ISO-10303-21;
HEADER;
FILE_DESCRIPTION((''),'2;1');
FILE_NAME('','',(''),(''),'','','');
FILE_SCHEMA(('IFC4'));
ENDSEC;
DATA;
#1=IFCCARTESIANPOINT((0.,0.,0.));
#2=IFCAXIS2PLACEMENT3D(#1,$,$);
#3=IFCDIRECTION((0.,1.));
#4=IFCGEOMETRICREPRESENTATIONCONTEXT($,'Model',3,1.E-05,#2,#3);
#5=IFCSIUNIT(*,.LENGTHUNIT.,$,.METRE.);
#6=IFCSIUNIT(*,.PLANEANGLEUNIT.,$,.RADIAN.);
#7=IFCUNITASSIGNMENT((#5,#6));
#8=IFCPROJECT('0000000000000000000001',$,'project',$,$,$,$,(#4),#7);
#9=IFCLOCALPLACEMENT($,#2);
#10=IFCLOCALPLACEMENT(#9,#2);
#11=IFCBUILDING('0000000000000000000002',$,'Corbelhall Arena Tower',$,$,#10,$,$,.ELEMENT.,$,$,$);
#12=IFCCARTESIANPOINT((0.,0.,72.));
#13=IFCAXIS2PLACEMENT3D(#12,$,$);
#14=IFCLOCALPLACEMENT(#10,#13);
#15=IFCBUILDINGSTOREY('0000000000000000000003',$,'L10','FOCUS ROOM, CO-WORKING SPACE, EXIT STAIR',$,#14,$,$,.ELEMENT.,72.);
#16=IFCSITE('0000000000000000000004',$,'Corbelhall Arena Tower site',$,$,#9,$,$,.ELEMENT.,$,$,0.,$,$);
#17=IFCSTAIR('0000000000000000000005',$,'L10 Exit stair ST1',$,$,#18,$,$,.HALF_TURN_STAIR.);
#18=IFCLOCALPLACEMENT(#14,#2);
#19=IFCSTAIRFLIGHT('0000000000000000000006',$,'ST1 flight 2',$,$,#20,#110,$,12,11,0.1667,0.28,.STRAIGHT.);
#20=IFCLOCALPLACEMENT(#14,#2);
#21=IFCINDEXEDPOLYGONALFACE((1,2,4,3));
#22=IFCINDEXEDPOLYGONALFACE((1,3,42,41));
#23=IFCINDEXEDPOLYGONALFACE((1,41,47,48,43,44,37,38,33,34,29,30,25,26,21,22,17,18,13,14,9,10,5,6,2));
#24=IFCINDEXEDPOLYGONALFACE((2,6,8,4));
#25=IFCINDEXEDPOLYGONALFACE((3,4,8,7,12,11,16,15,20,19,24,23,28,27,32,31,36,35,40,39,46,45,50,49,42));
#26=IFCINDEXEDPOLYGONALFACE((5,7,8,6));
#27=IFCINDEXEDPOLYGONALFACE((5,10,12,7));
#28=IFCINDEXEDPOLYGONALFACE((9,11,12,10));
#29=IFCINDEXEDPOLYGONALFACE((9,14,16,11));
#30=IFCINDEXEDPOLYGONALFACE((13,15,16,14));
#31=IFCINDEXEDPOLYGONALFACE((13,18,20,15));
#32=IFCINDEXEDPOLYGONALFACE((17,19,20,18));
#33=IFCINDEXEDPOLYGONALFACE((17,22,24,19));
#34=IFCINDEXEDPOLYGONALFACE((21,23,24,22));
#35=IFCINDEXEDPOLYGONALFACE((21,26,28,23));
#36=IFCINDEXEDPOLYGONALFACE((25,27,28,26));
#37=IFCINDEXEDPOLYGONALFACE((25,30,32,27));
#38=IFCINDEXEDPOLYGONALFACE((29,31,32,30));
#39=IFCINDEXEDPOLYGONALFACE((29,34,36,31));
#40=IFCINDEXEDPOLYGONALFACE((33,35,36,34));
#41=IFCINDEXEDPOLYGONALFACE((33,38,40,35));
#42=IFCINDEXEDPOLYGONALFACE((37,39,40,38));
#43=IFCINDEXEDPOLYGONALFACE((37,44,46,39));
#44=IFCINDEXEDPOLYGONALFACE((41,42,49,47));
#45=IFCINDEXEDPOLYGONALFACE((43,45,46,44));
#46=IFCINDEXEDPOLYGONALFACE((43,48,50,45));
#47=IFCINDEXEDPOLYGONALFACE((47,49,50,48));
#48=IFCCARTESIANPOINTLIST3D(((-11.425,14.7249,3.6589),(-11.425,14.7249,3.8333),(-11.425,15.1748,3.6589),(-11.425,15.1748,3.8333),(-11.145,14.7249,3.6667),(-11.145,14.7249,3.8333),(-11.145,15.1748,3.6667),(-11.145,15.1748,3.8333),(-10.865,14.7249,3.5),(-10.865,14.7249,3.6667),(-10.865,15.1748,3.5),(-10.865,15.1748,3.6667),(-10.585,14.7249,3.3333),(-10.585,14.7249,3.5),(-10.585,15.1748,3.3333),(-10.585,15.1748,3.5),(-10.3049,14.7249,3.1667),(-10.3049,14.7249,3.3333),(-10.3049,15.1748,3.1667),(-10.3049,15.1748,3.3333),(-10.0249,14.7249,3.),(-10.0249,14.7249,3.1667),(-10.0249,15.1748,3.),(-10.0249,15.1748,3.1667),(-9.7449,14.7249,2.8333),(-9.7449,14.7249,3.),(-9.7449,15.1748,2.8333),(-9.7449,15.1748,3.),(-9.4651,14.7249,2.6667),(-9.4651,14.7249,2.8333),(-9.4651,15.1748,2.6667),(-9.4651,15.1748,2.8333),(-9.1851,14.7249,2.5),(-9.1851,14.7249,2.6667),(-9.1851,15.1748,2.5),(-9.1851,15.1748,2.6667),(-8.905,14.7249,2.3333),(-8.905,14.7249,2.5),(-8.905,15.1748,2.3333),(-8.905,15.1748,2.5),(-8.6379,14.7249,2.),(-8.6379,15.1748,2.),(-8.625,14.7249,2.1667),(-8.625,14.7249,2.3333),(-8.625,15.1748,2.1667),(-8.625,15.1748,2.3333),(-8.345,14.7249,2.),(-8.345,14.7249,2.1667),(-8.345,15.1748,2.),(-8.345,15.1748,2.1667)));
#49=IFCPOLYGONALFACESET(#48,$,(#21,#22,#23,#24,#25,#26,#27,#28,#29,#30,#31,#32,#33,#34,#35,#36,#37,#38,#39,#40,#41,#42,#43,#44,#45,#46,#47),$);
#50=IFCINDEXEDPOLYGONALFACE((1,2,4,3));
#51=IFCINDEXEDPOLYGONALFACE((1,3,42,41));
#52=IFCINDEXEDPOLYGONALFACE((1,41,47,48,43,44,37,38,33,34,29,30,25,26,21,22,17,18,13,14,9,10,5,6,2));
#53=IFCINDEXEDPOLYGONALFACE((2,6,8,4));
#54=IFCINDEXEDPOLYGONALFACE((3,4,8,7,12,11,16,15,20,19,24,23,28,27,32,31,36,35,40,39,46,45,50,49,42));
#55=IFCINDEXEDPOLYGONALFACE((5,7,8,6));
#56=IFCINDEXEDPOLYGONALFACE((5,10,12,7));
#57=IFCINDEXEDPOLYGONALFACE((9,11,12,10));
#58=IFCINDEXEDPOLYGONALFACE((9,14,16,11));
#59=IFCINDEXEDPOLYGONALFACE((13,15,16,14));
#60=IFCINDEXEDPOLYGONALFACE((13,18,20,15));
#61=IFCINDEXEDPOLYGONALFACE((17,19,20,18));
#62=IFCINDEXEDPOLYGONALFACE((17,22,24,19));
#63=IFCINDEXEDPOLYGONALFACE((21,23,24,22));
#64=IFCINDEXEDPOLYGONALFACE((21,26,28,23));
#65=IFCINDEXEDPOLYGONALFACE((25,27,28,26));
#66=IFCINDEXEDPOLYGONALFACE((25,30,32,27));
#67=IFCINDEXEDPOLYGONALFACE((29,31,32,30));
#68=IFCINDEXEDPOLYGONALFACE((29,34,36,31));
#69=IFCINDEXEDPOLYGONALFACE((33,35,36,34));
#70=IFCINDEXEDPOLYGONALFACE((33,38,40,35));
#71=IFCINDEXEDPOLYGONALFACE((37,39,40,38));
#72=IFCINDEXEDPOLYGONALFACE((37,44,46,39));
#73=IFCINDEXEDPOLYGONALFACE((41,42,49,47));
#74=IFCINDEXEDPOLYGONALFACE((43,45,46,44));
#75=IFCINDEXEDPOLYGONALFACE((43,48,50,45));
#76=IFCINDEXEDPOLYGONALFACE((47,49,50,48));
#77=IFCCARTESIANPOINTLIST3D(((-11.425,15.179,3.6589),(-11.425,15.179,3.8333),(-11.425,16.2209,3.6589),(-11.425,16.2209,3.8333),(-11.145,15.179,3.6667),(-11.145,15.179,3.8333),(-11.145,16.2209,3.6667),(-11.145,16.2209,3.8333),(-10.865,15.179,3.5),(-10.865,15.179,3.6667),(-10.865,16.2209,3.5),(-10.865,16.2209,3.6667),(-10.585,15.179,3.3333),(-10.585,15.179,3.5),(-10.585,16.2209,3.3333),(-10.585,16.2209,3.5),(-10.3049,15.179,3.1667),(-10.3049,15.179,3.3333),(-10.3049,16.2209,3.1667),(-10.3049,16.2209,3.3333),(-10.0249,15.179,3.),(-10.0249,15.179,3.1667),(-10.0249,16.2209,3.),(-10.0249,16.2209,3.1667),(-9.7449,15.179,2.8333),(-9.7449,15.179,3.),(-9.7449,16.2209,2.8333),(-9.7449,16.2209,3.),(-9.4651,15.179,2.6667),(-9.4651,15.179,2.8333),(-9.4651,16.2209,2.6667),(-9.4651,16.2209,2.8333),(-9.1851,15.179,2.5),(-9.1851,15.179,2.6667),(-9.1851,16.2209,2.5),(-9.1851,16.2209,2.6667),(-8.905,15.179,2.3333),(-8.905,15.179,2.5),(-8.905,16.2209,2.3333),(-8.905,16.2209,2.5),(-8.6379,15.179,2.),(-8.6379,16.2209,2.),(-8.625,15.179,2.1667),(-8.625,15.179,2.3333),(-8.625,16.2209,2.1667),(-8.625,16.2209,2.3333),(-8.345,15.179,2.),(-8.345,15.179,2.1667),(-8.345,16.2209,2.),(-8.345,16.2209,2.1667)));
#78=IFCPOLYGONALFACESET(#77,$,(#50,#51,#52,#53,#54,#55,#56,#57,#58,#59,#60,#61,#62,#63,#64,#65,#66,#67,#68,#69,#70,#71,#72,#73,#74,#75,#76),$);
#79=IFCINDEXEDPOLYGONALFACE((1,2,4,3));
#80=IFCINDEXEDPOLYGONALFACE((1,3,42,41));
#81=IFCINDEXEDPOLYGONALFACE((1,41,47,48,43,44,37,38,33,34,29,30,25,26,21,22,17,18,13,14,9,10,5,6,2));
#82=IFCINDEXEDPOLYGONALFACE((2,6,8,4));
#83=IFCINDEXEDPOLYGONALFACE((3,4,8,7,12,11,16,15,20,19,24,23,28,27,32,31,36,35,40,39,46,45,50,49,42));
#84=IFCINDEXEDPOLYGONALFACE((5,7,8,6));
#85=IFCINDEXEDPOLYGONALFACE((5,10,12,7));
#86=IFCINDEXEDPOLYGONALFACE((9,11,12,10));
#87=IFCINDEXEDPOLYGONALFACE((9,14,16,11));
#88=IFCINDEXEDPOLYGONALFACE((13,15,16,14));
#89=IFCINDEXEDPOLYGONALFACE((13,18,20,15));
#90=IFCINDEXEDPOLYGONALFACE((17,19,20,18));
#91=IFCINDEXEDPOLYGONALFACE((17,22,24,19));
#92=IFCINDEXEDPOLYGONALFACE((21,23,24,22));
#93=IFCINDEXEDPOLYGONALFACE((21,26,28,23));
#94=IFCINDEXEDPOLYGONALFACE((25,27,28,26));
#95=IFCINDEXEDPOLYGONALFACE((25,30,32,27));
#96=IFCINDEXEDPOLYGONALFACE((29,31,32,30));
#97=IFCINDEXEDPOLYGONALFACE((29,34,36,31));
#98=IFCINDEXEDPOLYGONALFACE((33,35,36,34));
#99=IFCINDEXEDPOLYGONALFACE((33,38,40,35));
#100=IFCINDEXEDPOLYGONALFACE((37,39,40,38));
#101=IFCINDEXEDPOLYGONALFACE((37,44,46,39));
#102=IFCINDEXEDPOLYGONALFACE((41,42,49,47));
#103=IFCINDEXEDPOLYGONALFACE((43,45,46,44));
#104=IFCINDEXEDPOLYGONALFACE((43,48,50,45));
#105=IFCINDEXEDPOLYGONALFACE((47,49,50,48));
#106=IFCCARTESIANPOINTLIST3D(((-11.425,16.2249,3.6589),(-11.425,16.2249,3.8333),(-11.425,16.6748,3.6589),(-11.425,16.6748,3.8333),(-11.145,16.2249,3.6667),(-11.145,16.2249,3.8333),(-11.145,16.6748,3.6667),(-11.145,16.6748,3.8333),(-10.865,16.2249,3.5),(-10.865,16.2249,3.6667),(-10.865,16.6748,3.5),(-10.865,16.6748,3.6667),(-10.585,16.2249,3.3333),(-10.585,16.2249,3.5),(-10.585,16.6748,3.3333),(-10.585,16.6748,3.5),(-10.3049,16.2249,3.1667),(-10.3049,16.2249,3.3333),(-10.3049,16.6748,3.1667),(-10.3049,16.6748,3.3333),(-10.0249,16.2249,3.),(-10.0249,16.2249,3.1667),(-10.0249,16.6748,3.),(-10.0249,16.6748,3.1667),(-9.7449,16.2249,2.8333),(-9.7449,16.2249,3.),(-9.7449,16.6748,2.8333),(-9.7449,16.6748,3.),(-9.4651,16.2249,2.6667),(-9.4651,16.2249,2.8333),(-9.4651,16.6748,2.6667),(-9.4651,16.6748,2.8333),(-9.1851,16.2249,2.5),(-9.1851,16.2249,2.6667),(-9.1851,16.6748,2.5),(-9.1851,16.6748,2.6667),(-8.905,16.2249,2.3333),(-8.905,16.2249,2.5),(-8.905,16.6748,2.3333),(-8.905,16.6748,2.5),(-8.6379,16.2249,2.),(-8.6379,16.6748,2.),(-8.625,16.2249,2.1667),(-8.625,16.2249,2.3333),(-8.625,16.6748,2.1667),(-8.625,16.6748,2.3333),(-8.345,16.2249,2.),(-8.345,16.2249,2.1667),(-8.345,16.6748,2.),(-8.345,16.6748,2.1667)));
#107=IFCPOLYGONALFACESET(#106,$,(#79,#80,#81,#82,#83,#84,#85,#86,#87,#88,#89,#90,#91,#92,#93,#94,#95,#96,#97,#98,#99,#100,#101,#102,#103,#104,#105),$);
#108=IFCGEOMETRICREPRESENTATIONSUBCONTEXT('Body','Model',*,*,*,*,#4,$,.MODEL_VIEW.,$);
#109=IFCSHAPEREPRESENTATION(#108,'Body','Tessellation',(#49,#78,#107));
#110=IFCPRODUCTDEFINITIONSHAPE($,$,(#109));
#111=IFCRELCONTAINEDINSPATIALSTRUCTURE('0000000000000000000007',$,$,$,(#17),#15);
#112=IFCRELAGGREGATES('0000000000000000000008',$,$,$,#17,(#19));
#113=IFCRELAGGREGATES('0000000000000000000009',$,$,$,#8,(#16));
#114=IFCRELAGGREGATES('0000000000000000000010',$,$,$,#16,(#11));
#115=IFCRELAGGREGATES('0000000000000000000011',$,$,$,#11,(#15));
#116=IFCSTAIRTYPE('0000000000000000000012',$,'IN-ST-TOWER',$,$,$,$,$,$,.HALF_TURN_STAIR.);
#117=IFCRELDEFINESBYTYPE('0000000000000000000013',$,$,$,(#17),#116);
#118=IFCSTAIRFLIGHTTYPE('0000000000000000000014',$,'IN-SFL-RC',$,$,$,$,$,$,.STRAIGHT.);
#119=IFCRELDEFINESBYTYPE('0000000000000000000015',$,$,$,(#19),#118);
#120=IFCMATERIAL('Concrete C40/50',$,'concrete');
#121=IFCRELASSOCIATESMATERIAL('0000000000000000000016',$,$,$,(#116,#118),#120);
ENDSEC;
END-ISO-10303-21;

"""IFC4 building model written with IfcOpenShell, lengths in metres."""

from ifc_helpers import new_model, si_unit, direction, frame, origin, place, context, subcontext, project, spatial, polyline, outline, extrude, material, type_object, element, aggregate, save


model = new_model("IFC4")

# Units and contexts
model_context = context("Model", 3, precision=1e-05, world=origin(), true_north=direction((0.0, 1.0)))
body_context = subcontext(model_context, "Body", "Model", "MODEL_VIEW")
ifc_project = project(units=[si_unit("LENGTHUNIT", "METRE"), si_unit("PLANEANGLEUNIT", "RADIAN")], contexts=[model_context])

# Site, building, storey
site_placement = place(None, origin())
site = spatial("IfcSite", under=ifc_project, at=site_placement, Name="Corbelhall Arena Tower site", CompositionType="ELEMENT", RefElevation=0.0)
building_placement = place(site_placement, origin())
building = spatial("IfcBuilding", under=site, at=building_placement, Name="Corbelhall Arena Tower", CompositionType="ELEMENT")
storey_placement = place(building_placement, frame((0.0, 0.0, 72.0)))
storey = spatial("IfcBuildingStorey", under=building, at=storey_placement, Name="L10", Description="FOCUS ROOM, CO-WORKING SPACE, EXIT STAIR", CompositionType="ELEMENT", Elevation=72.0)

# Shared definitions
ifc_material_1 = material(Name="Concrete C40/50", Category="concrete")

# Stair, stair flight
stair_type = type_object("IfcStairType", Name="IN-ST-TOWER", PredefinedType="HALF_TURN_STAIR", material=ifc_material_1)
stair_placement = place(storey_placement, origin())
stair = element("IfcStair", 1, at=stair_placement, inside=storey, type_object=stair_type, Name="L10 Exit stair ST1", PredefinedType="HALF_TURN_STAIR")
stair_flight_type = type_object("IfcStairFlightType", Name="IN-SFL-RC", PredefinedType="STRAIGHT", material=ifc_material_1)
stair_flight_1_placement = place(storey_placement, frame((-8.345, 15.7, 2.0), z_axis=(0.0, 0.0, 1.0), x_axis=(-1.0, 0.0, 0.0)))
stair_flight_1 = element("IfcStairFlight", 2, at=stair_flight_1_placement, type_object=stair_flight_type, Name="ST1 flight 2", NumberOfRisers=12, NumberOfTreads=11, PredefinedType="STRAIGHT", RiserHeight=0.1667, TreadLength=0.28, context=body_context, shape_type="SweptSolid", body=[
    extrude(outline(polyline([(0.0, 0.0), (0.0, 0.1667), (0.28, 0.1667), (0.28, 0.3333), (0.5601, 0.3333), (0.5601, 0.5), (0.8401, 0.5), (0.8401, 0.6667), (1.1201, 0.6667), (1.1201, 0.8333), (1.3999, 0.8333), (1.3999, 1.0), (1.6799, 1.0), (1.6799, 1.1667), (1.96, 1.1667), (1.96, 1.3333), (2.24, 1.3333), (2.24, 1.5), (2.52, 1.5), (2.52, 1.6667), (2.8, 1.6667), (2.8, 1.8333), (3.0801, 1.8333), (3.0801, 2.0), (3.0801, 1.6589), (0.293, 0.0), (0.0, 0.0)])), frame((0.0, 0.9751, 0.0), z_axis=(0.0, -1.0, 0.0), x_axis=(1.0, 0.0, 0.0)), (0.0, 0.0, 1.0), 0.45),
    extrude(outline(polyline([(0.0, 0.0), (0.0, 0.1667), (0.28, 0.1667), (0.28, 0.3333), (0.5601, 0.3333), (0.5601, 0.5), (0.8401, 0.5), (0.8401, 0.6667), (1.1201, 0.6667), (1.1201, 0.8333), (1.3999, 0.8333), (1.3999, 1.0), (1.6799, 1.0), (1.6799, 1.1667), (1.96, 1.1667), (1.96, 1.3333), (2.24, 1.3333), (2.24, 1.5), (2.52, 1.5), (2.52, 1.6667), (2.8, 1.6667), (2.8, 1.8333), (3.0801, 1.8333), (3.0801, 2.0), (3.0801, 1.6589), (0.293, 0.0), (0.0, 0.0)])), frame((0.0, 0.521, 0.0), z_axis=(0.0, -1.0, 0.0), x_axis=(1.0, 0.0, 0.0)), (0.0, 0.0, 1.0), 1.042),
    extrude(outline(polyline([(0.0, 0.0), (0.0, 0.1667), (0.28, 0.1667), (0.28, 0.3333), (0.5601, 0.3333), (0.5601, 0.5), (0.8401, 0.5), (0.8401, 0.6667), (1.1201, 0.6667), (1.1201, 0.8333), (1.3999, 0.8333), (1.3999, 1.0), (1.6799, 1.0), (1.6799, 1.1667), (1.96, 1.1667), (1.96, 1.3333), (2.24, 1.3333), (2.24, 1.5), (2.52, 1.5), (2.52, 1.6667), (2.8, 1.6667), (2.8, 1.8333), (3.0801, 1.8333), (3.0801, 2.0), (3.0801, 1.6589), (0.293, 0.0), (0.0, 0.0)])), frame((0.0, -0.5249, 0.0), z_axis=(0.0, -1.0, 0.0), x_axis=(1.0, 0.0, 0.0)), (0.0, 0.0, 1.0), 0.45),
])
aggregate(stair, [stair_flight_1])

save(model, "model.ifc")
